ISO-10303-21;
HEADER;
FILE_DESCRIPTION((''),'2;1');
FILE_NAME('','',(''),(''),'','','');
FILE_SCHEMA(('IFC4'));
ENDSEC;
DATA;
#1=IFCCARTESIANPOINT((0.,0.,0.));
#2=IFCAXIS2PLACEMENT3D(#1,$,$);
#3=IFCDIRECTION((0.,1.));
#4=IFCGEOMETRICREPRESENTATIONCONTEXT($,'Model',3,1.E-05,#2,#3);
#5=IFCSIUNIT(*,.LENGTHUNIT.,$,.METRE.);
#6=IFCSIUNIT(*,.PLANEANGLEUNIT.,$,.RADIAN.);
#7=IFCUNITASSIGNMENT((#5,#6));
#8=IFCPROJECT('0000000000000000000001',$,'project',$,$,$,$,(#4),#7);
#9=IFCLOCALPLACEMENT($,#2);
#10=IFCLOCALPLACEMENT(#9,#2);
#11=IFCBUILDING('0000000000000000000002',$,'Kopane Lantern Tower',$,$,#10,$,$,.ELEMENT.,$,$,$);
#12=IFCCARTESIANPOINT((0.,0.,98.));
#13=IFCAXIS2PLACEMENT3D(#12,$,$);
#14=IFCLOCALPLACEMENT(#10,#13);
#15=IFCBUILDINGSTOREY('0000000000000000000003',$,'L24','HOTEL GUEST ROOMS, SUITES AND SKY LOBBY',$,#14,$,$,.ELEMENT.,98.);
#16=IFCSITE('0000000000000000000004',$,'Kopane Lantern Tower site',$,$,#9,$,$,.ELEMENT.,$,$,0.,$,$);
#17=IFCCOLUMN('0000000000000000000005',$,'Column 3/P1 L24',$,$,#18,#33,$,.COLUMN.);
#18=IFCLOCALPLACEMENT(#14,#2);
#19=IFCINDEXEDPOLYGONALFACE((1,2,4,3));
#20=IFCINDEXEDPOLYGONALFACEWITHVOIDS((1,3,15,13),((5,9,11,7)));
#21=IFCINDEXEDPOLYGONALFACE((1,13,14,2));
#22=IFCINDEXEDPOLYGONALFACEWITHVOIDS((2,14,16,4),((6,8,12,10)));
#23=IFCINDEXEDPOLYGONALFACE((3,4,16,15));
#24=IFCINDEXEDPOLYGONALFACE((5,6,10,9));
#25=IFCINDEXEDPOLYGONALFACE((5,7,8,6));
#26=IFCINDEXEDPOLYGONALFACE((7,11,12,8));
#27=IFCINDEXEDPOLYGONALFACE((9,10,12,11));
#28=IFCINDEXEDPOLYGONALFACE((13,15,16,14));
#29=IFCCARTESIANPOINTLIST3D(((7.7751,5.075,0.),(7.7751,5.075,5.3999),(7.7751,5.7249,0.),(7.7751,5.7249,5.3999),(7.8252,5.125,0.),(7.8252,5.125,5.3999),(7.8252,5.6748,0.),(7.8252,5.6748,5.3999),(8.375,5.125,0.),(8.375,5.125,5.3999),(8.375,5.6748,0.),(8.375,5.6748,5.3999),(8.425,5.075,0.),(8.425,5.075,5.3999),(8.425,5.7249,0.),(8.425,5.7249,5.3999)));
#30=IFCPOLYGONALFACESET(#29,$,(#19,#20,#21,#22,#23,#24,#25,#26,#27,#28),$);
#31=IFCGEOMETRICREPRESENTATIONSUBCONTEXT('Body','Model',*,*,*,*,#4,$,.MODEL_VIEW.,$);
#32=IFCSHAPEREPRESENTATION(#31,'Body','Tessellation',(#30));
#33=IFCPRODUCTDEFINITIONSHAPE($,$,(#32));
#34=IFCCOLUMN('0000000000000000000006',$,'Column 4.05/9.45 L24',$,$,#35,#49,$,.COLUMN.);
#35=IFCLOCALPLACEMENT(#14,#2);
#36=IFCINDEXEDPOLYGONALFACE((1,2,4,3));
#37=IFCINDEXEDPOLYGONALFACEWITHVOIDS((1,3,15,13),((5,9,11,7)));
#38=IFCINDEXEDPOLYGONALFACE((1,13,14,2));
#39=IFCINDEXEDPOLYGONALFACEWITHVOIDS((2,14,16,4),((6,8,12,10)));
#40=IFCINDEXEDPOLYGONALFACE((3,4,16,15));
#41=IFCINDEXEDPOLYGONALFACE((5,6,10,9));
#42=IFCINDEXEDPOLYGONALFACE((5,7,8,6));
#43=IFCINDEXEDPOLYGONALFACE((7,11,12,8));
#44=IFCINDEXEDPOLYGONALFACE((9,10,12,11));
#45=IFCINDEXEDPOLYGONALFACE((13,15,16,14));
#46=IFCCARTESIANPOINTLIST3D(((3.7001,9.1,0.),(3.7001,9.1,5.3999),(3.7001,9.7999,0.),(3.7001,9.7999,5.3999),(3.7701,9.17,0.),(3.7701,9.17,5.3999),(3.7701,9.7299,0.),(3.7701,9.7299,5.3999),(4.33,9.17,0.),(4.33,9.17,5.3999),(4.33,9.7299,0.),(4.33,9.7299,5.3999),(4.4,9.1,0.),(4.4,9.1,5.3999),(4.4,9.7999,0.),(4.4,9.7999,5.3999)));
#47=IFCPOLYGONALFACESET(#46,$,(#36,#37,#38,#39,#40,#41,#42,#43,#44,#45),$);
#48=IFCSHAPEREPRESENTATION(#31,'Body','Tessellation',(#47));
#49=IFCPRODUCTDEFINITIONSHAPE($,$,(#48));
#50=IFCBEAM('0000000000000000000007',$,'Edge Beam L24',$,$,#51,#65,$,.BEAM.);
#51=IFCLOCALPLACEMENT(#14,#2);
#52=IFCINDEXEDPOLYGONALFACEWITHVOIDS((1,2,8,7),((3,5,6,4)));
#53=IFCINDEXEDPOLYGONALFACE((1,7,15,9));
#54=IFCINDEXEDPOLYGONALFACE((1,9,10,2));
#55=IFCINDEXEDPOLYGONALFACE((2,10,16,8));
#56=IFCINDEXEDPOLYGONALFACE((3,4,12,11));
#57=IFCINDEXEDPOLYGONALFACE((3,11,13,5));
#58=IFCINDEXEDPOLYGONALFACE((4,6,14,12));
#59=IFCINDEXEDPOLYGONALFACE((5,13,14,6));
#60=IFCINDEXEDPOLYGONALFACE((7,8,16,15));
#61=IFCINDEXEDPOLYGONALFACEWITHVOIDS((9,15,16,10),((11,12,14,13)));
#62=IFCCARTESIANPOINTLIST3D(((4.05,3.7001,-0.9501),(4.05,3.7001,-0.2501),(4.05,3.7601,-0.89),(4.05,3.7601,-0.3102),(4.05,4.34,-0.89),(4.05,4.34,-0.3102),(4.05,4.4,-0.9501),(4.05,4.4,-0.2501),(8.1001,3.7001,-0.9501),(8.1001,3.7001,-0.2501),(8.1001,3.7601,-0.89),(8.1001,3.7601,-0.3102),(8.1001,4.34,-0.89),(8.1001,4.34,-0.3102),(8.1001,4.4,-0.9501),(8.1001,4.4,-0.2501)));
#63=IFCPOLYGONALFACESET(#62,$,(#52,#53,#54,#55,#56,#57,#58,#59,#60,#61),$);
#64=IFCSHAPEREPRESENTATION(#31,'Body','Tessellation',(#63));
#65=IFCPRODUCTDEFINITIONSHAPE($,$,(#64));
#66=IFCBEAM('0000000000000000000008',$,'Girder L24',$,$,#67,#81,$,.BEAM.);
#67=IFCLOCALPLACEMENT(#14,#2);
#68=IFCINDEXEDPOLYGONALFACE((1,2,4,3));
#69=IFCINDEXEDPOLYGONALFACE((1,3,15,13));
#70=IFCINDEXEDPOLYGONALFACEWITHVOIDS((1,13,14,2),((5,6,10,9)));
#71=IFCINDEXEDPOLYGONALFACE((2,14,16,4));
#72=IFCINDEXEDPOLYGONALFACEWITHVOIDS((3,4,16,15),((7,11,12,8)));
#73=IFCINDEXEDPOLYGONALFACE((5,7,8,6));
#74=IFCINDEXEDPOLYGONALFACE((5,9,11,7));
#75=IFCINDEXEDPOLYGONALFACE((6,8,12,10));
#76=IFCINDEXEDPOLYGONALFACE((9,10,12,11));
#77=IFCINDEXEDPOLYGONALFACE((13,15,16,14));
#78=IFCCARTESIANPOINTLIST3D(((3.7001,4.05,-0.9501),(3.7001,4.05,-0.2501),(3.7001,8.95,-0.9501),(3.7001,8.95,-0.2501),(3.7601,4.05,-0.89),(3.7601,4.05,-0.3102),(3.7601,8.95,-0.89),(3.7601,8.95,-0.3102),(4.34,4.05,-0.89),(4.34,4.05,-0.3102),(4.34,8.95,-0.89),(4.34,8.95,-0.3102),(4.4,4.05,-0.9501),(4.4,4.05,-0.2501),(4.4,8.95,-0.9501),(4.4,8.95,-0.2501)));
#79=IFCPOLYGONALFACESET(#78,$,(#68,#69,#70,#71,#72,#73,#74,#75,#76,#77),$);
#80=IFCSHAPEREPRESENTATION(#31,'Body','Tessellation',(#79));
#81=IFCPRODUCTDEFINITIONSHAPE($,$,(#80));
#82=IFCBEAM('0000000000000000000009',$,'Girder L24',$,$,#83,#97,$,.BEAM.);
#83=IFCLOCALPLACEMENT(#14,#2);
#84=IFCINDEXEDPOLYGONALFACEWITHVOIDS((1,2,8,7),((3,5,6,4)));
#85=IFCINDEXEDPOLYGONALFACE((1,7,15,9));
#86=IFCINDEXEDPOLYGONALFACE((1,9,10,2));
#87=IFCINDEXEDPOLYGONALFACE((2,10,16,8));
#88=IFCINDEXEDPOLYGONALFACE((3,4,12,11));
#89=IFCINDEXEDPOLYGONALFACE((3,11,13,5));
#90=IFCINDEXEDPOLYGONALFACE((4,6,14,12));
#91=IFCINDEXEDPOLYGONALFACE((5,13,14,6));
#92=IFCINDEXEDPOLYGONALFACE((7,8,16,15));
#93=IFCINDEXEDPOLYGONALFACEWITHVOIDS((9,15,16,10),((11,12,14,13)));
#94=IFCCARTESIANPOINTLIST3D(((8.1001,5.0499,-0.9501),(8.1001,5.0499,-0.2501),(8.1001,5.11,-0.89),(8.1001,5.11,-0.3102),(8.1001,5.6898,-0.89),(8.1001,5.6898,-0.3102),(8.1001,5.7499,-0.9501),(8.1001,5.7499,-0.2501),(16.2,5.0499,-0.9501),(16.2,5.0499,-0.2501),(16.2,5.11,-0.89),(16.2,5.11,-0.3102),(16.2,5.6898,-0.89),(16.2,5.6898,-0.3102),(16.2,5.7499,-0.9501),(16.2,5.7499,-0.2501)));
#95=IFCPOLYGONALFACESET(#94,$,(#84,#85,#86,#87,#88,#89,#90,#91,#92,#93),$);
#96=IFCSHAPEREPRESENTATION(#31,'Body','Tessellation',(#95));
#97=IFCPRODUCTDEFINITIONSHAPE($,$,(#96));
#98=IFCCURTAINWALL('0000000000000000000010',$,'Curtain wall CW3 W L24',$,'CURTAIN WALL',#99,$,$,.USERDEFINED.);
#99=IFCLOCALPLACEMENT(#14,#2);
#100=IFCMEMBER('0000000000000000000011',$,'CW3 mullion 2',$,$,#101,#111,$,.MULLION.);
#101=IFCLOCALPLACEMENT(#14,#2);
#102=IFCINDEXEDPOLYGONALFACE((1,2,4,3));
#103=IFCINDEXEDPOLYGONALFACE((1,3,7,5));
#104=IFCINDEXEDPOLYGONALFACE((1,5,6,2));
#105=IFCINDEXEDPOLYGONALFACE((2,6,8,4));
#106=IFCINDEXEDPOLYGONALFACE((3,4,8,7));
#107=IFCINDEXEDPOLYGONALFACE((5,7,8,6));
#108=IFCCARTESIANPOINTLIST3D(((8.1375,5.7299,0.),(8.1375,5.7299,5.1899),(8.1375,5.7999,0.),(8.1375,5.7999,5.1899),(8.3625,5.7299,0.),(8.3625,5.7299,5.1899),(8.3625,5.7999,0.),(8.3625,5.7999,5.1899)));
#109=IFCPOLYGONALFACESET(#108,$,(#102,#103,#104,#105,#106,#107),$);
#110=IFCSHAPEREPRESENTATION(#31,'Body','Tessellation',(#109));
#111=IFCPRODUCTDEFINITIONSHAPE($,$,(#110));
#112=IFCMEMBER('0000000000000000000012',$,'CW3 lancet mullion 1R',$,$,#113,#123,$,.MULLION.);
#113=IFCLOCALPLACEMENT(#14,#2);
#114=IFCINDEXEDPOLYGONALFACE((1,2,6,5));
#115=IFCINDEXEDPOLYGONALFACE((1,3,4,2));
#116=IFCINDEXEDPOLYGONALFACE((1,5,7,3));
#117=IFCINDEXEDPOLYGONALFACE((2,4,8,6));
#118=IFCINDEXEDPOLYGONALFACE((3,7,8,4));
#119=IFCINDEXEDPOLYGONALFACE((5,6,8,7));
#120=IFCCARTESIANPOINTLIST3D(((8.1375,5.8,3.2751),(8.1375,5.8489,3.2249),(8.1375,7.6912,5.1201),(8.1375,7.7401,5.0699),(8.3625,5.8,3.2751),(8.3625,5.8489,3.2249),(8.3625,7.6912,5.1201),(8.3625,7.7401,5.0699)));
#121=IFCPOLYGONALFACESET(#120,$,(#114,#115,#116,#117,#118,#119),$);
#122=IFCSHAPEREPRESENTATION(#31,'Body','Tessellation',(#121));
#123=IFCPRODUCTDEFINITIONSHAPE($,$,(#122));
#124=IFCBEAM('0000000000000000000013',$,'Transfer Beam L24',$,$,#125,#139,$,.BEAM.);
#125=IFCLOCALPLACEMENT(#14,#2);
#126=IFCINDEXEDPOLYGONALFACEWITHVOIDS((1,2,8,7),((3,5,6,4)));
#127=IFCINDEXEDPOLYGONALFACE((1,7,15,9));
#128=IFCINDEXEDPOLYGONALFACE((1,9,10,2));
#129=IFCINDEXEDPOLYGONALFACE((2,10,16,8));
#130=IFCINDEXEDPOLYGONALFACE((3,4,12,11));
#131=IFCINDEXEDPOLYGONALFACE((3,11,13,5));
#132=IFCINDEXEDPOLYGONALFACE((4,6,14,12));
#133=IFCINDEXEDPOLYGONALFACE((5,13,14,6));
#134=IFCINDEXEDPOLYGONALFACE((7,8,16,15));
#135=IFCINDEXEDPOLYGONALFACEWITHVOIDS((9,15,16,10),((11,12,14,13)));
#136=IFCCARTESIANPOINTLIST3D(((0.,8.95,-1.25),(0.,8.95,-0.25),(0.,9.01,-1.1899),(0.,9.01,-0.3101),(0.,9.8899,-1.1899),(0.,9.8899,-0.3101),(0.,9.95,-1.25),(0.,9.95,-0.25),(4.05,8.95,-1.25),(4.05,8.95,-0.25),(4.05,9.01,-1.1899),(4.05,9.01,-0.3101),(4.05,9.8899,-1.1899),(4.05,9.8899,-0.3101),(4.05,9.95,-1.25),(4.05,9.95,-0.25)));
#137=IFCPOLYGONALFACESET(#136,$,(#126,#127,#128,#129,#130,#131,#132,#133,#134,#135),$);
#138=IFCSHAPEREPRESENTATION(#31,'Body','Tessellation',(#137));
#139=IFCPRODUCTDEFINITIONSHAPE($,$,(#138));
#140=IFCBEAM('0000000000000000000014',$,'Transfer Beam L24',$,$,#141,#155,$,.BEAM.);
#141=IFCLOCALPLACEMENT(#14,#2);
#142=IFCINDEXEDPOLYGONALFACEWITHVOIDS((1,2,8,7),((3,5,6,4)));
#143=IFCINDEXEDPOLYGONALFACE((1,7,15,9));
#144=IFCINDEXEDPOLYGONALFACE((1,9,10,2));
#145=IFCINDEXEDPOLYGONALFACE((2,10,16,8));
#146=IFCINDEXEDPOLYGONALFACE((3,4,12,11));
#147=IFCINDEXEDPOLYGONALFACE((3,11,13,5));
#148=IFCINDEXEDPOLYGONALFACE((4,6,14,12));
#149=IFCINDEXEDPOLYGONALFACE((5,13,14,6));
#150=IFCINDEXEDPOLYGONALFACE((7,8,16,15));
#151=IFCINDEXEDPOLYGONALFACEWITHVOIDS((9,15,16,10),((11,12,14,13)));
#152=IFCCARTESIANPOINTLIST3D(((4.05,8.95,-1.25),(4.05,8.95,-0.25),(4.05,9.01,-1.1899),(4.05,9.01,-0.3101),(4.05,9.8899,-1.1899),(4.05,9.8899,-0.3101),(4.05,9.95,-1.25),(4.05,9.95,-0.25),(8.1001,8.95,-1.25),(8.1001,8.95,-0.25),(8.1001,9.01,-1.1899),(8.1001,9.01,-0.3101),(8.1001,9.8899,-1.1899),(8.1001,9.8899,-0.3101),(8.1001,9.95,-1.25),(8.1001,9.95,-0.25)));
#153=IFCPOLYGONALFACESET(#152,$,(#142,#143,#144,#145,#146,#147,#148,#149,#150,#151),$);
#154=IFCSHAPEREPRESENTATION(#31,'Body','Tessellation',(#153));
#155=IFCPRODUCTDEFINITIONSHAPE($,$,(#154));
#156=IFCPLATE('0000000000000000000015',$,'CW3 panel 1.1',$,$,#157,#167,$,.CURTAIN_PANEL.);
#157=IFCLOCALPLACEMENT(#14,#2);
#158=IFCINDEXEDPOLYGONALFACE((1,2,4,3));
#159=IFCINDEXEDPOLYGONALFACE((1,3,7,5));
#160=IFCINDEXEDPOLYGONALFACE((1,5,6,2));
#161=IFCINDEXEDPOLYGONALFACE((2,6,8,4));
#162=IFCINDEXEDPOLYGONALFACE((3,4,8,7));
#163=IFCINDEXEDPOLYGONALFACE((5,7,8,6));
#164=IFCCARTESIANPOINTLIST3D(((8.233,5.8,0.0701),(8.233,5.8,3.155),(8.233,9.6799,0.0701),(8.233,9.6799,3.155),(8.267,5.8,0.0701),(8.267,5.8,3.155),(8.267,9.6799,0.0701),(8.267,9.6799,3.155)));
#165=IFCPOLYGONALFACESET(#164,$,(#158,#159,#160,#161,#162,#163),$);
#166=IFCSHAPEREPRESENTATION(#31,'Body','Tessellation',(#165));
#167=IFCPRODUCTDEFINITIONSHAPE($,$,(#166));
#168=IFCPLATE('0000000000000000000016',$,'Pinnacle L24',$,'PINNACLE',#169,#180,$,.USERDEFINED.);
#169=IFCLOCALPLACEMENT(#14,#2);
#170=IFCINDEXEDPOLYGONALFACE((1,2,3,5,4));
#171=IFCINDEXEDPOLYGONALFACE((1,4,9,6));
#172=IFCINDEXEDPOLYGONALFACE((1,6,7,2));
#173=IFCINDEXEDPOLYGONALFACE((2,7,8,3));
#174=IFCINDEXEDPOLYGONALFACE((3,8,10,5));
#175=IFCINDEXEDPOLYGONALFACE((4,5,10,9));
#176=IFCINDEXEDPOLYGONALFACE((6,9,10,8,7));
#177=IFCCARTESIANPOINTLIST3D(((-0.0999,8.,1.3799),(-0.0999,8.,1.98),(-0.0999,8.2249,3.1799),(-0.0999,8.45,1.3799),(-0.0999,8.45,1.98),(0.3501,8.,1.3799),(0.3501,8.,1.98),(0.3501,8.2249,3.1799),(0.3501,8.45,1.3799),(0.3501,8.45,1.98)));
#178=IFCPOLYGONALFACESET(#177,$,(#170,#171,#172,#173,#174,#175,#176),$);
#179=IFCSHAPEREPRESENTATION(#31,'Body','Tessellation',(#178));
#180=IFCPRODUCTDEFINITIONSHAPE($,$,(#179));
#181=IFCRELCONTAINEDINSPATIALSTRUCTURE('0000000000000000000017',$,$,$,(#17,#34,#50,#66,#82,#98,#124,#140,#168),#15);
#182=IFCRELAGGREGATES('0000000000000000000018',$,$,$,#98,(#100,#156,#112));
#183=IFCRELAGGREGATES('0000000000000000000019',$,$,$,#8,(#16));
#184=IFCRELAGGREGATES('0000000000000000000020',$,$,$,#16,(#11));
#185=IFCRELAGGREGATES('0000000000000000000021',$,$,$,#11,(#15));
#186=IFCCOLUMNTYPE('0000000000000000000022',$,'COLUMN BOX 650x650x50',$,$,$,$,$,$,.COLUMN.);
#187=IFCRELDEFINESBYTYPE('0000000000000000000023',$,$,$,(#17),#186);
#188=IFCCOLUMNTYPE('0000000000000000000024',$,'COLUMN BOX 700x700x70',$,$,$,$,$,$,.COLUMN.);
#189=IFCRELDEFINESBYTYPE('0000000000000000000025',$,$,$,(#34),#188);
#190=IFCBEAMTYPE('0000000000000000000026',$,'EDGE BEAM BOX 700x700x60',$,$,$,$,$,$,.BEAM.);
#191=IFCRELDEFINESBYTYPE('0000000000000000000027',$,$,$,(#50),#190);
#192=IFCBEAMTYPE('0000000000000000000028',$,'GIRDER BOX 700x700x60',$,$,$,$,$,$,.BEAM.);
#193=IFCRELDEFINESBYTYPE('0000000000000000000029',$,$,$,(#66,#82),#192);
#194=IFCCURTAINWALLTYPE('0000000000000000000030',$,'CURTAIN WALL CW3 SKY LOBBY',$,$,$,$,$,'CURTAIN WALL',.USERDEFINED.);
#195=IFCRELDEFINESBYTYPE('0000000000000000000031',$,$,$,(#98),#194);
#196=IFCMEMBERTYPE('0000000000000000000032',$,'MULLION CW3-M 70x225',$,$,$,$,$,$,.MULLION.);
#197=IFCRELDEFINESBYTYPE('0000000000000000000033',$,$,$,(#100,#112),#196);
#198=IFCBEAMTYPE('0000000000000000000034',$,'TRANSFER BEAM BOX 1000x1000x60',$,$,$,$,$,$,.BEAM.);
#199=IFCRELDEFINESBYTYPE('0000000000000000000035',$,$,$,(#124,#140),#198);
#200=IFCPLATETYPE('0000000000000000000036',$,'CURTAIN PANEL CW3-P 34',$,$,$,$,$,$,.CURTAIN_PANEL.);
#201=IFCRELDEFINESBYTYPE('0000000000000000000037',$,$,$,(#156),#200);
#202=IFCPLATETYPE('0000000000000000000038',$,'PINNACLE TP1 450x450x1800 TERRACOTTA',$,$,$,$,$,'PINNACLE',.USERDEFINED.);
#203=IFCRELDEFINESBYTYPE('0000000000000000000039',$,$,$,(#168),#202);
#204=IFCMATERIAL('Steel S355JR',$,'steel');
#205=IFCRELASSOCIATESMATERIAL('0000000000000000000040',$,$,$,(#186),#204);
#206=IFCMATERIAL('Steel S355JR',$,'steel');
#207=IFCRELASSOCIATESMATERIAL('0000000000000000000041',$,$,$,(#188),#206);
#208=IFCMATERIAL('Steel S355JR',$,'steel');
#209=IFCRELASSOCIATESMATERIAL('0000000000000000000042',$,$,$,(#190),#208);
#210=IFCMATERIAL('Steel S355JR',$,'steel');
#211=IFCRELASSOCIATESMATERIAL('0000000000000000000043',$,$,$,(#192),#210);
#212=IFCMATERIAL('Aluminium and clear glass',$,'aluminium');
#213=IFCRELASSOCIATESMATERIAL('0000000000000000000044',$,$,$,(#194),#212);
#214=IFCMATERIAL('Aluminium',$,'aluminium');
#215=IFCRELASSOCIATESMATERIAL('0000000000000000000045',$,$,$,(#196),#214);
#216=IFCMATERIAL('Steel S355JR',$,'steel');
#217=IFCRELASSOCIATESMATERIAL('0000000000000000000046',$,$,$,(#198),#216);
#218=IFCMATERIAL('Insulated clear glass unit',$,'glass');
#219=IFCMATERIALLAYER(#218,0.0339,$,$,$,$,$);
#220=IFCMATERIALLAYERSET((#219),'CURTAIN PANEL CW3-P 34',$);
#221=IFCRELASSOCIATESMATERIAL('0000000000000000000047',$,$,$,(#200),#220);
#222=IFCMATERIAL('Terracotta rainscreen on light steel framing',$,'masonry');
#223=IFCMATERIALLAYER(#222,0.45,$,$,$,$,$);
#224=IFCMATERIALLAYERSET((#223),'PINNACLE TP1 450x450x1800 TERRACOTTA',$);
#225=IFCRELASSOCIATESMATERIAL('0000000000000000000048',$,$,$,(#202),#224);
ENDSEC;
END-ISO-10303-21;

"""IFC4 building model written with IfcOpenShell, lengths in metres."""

from ifc_helpers import new_model, si_unit, direction, frame, origin, origin_2d, place, context, subcontext, project, spatial, polyline, rectangle, hollow_rectangle, outline, extrude, material, layer, layer_set, material_profile, profile_set, type_object, element, aggregate, save


model = new_model("IFC4")

# Units and contexts
model_context = context("Model", 3, precision=1e-05, world=origin(), true_north=direction((0.0, 1.0)))
body_context = subcontext(model_context, "Body", "Model", "MODEL_VIEW")
ifc_project = project(units=[si_unit("LENGTHUNIT", "METRE"), si_unit("PLANEANGLEUNIT", "RADIAN")], contexts=[model_context])

# Site, building, storey
site_placement = place(None, origin())
site = spatial("IfcSite", under=ifc_project, at=site_placement, Name="Kopane Lantern Tower site", CompositionType="ELEMENT", RefElevation=0.0)
building_placement = place(site_placement, origin())
building = spatial("IfcBuilding", under=site, at=building_placement, Name="Kopane Lantern Tower", CompositionType="ELEMENT")
storey_placement = place(building_placement, frame((0.0, 0.0, 98.0)))
storey = spatial("IfcBuildingStorey", under=building, at=storey_placement, Name="L24", Description="HOTEL GUEST ROOMS, SUITES AND SKY LOBBY", CompositionType="ELEMENT", Elevation=98.0)

# Columns
ifc_material_1 = material(Name="Steel S355JR", Category="steel")
ifc_material_profile_1 = material_profile(ifc_material_1, hollow_rectangle(XDim=0.6499, YDim=0.6499, WallThickness=0.05, at=origin_2d()), Name="BOX 650x650x50")
ifc_profile_set_1 = profile_set([ifc_material_profile_1], Name="Steel S355JR")
column_type_1 = type_object("IfcColumnType", Name="COLUMN BOX 650x650x50", PredefinedType="COLUMN", material=ifc_profile_set_1)
column_1_placement = place(storey_placement, frame((8.1001, 5.3999, 0.0), z_axis=(0.0, 0.0, 1.0), x_axis=(1.0, 0.0, 0.0)))
element("IfcColumn", 1, at=column_1_placement, inside=storey, type_object=column_type_1, Name="Column 3/P1 L24", PredefinedType="COLUMN", context=body_context, shape_type="SweptSolid", body=[
    extrude(hollow_rectangle(XDim=0.6499, YDim=0.6499, WallThickness=0.05, at=origin_2d()), origin(), (0.0, 0.0, 1.0), 5.3999),
])
ifc_material_2 = material(Name="Steel S355JR", Category="steel")
ifc_material_profile_2 = material_profile(ifc_material_2, hollow_rectangle(XDim=0.7, YDim=0.7, WallThickness=0.0701, at=origin_2d()), Name="BOX 700x700x70")
ifc_profile_set_2 = profile_set([ifc_material_profile_2], Name="Steel S355JR")
column_type_2 = type_object("IfcColumnType", Name="COLUMN BOX 700x700x70", PredefinedType="COLUMN", material=ifc_profile_set_2)
column_2_placement = place(storey_placement, frame((4.05, 9.45, 0.0), z_axis=(0.0, 0.0, 1.0), x_axis=(1.0, 0.0, 0.0)))
element("IfcColumn", 2, at=column_2_placement, inside=storey, type_object=column_type_2, Name="Column 4.05/9.45 L24", PredefinedType="COLUMN", context=body_context, shape_type="SweptSolid", body=[
    extrude(hollow_rectangle(XDim=0.7, YDim=0.7, WallThickness=0.0701, at=origin_2d()), origin(), (0.0, 0.0, 1.0), 5.3999),
])

# Beams
ifc_material_3 = material(Name="Steel S355JR", Category="steel")
ifc_material_profile_3 = material_profile(ifc_material_3, hollow_rectangle(XDim=0.7, YDim=0.7, WallThickness=0.0601, at=origin_2d()), Name="BOX 700x700x60")
ifc_profile_set_3 = profile_set([ifc_material_profile_3], Name="Steel S355JR")
beam_type_1 = type_object("IfcBeamType", Name="EDGE BEAM BOX 700x700x60", PredefinedType="BEAM", material=ifc_profile_set_3)
beam_1_placement = place(storey_placement, frame((4.05, 4.05, -0.6001), z_axis=(1.0, 0.0, 0.0), x_axis=(0.0, 1.0, 0.0)))
element("IfcBeam", 3, at=beam_1_placement, inside=storey, type_object=beam_type_1, Name="Edge Beam L24", PredefinedType="BEAM", context=body_context, shape_type="SweptSolid", body=[
    extrude(hollow_rectangle(XDim=0.7, YDim=0.7, WallThickness=0.0601, at=origin_2d()), origin(), (0.0, 0.0, 1.0), 4.05),
])
ifc_material_4 = material(Name="Steel S355JR", Category="steel")
ifc_material_profile_4 = material_profile(ifc_material_4, hollow_rectangle(XDim=0.7, YDim=0.7, WallThickness=0.0601, at=origin_2d()), Name="BOX 700x700x60")
ifc_profile_set_4 = profile_set([ifc_material_profile_4], Name="Steel S355JR")
beam_type_2 = type_object("IfcBeamType", Name="GIRDER BOX 700x700x60", PredefinedType="BEAM", material=ifc_profile_set_4)
beam_2_placement = place(storey_placement, frame((4.05, 4.05, -0.6001), z_axis=(0.0, 1.0, 0.0), x_axis=(-1.0, 0.0, 0.0)))
element("IfcBeam", 4, at=beam_2_placement, inside=storey, type_object=beam_type_2, Name="Girder L24", PredefinedType="BEAM", context=body_context, shape_type="SweptSolid", body=[
    extrude(hollow_rectangle(XDim=0.7, YDim=0.7, WallThickness=0.0601, at=origin_2d()), origin(), (0.0, 0.0, 1.0), 4.8999),
])
beam_3_placement = place(storey_placement, frame((8.1001, 5.3999, -0.6001), z_axis=(1.0, 0.0, 0.0), x_axis=(0.0, 1.0, 0.0)))
element("IfcBeam", 5, at=beam_3_placement, inside=storey, type_object=beam_type_2, Name="Girder L24", PredefinedType="BEAM", context=body_context, shape_type="SweptSolid", body=[
    extrude(hollow_rectangle(XDim=0.7, YDim=0.7, WallThickness=0.0601, at=origin_2d()), origin(), (0.0, 0.0, 1.0), 8.0999),
])

# Curtain wall, members
ifc_material_5 = material(Name="Aluminium and clear glass", Category="aluminium")
curtain_wall_type = type_object("IfcCurtainWallType", Name="CURTAIN WALL CW3 SKY LOBBY", ElementType="CURTAIN WALL", PredefinedType="USERDEFINED", material=ifc_material_5)
curtain_wall_placement = place(storey_placement, origin())
curtain_wall = element("IfcCurtainWall", 6, at=curtain_wall_placement, inside=storey, type_object=curtain_wall_type, Name="Curtain wall CW3 W L24", ObjectType="CURTAIN WALL", PredefinedType="USERDEFINED")
ifc_material_6 = material(Name="Aluminium", Category="aluminium")
ifc_material_profile_5 = material_profile(ifc_material_6, rectangle(XDim=0.0701, YDim=0.2251, at=origin_2d()), Name="AL 70x225")
ifc_profile_set_5 = profile_set([ifc_material_profile_5], Name="Aluminium")
member_type = type_object("IfcMemberType", Name="MULLION CW3-M 70x225", PredefinedType="MULLION", material=ifc_profile_set_5)
member_1_placement = place(storey_placement, frame((8.25, 5.7649, 0.0), z_axis=(0.0, 0.0, 1.0), x_axis=(0.0, -1.0, 0.0)))
member_1 = element("IfcMember", 7, at=member_1_placement, type_object=member_type, Name="CW3 mullion 2", PredefinedType="MULLION", context=body_context, shape_type="SweptSolid", body=[
    extrude(rectangle(XDim=0.0701, YDim=0.2251, at=origin_2d()), origin(), (0.0, 0.0, 1.0), 5.1899),
])
member_2_placement = place(storey_placement, frame((8.25, 5.8245, 3.25), z_axis=(0.0, 0.715785, 0.69832), x_axis=(0.0, -0.69832, 0.715785)))
member_2 = element("IfcMember", 8, at=member_2_placement, type_object=member_type, Name="CW3 lancet mullion 1R", PredefinedType="MULLION", context=body_context, shape_type="SweptSolid", body=[
    extrude(rectangle(XDim=0.0701, YDim=0.2251, at=origin_2d()), origin(), (0.0, 0.0, 1.0), 2.6421),
])

# Beams
ifc_material_7 = material(Name="Steel S355JR", Category="steel")
ifc_material_profile_6 = material_profile(ifc_material_7, hollow_rectangle(XDim=1.0, YDim=1.0, WallThickness=0.0601, at=origin_2d()), Name="BOX 1000x1000x60")
ifc_profile_set_6 = profile_set([ifc_material_profile_6], Name="Steel S355JR")
beam_type_3 = type_object("IfcBeamType", Name="TRANSFER BEAM BOX 1000x1000x60", PredefinedType="BEAM", material=ifc_profile_set_6)
for number, where, z_axis, x_axis, name in (
    (9, (0.0, 9.45, -0.75), (1.0, 0.0, 0.0), (0.0, 1.0, 0.0), "Transfer Beam L24"),
    (10, (4.05, 9.45, -0.75), (1.0, 0.0, 0.0), (0.0, 1.0, 0.0), "Transfer Beam L24"),
):
    element("IfcBeam", number, at=place(storey_placement, frame(where, z_axis=z_axis, x_axis=x_axis)), inside=storey, type_object=beam_type_3, Name=name, PredefinedType="BEAM", context=body_context, shape_type="SweptSolid", body=[
        extrude(hollow_rectangle(XDim=1.0, YDim=1.0, WallThickness=0.0601, at=origin_2d()), origin(), (0.0, 0.0, 1.0), 4.05),
    ])

# Plate
ifc_material_8 = material(Name="Insulated clear glass unit", Category="glass")
ifc_layer_1 = layer(ifc_material_8, 0.0339)
ifc_layer_set_1 = layer_set([ifc_layer_1], Name="CURTAIN PANEL CW3-P 34")
plate_type_1 = type_object("IfcPlateType", Name="CURTAIN PANEL CW3-P 34", PredefinedType="CURTAIN_PANEL", material=ifc_layer_set_1)
plate_1_placement = place(storey_placement, frame((8.25, 7.74, 0.0701), z_axis=(0.0, 0.0, 1.0), x_axis=(0.0, -1.0, 0.0)))
plate_1 = element("IfcPlate", 11, at=plate_1_placement, type_object=plate_type_1, Name="CW3 panel 1.1", PredefinedType="CURTAIN_PANEL", context=body_context, shape_type="SweptSolid", body=[
    extrude(rectangle(XDim=3.8799, YDim=0.0339, at=origin_2d()), origin(), (0.0, 0.0, 1.0), 3.085),
])
aggregate(curtain_wall, [member_1, plate_1, member_2])

# Plate
ifc_material_9 = material(Name="Terracotta rainscreen on light steel framing", Category="masonry")
ifc_layer_2 = layer(ifc_material_9, 0.45)
ifc_layer_set_2 = layer_set([ifc_layer_2], Name="PINNACLE TP1 450x450x1800 TERRACOTTA")
plate_type_2 = type_object("IfcPlateType", Name="PINNACLE TP1 450x450x1800 TERRACOTTA", ElementType="PINNACLE", PredefinedType="USERDEFINED", material=ifc_layer_set_2)
for number, where, z_axis, x_axis, name in (
    (12, (0.125, 8.45, 1.3799), (0.0, 0.0, 1.0), (0.0, -1.0, 0.0), "Pinnacle L24"),
):
    element("IfcPlate", number, at=place(storey_placement, frame(where, z_axis=z_axis, x_axis=x_axis)), inside=storey, type_object=plate_type_2, Name=name, ObjectType="PINNACLE", PredefinedType="USERDEFINED", context=body_context, shape_type="SweptSolid", body=[
        extrude(outline(polyline([(0.0, 0.0), (0.45, 0.0), (0.45, 0.6001), (0.2251, 1.8), (0.0, 0.6001), (0.0, 0.0)])), frame((0.0, 0.2251, 0.0), z_axis=(0.0, -1.0, 0.0), x_axis=(1.0, 0.0, 0.0)), (0.0, 0.0, 1.0), 0.45),
    ])

save(model, "model.ifc")
